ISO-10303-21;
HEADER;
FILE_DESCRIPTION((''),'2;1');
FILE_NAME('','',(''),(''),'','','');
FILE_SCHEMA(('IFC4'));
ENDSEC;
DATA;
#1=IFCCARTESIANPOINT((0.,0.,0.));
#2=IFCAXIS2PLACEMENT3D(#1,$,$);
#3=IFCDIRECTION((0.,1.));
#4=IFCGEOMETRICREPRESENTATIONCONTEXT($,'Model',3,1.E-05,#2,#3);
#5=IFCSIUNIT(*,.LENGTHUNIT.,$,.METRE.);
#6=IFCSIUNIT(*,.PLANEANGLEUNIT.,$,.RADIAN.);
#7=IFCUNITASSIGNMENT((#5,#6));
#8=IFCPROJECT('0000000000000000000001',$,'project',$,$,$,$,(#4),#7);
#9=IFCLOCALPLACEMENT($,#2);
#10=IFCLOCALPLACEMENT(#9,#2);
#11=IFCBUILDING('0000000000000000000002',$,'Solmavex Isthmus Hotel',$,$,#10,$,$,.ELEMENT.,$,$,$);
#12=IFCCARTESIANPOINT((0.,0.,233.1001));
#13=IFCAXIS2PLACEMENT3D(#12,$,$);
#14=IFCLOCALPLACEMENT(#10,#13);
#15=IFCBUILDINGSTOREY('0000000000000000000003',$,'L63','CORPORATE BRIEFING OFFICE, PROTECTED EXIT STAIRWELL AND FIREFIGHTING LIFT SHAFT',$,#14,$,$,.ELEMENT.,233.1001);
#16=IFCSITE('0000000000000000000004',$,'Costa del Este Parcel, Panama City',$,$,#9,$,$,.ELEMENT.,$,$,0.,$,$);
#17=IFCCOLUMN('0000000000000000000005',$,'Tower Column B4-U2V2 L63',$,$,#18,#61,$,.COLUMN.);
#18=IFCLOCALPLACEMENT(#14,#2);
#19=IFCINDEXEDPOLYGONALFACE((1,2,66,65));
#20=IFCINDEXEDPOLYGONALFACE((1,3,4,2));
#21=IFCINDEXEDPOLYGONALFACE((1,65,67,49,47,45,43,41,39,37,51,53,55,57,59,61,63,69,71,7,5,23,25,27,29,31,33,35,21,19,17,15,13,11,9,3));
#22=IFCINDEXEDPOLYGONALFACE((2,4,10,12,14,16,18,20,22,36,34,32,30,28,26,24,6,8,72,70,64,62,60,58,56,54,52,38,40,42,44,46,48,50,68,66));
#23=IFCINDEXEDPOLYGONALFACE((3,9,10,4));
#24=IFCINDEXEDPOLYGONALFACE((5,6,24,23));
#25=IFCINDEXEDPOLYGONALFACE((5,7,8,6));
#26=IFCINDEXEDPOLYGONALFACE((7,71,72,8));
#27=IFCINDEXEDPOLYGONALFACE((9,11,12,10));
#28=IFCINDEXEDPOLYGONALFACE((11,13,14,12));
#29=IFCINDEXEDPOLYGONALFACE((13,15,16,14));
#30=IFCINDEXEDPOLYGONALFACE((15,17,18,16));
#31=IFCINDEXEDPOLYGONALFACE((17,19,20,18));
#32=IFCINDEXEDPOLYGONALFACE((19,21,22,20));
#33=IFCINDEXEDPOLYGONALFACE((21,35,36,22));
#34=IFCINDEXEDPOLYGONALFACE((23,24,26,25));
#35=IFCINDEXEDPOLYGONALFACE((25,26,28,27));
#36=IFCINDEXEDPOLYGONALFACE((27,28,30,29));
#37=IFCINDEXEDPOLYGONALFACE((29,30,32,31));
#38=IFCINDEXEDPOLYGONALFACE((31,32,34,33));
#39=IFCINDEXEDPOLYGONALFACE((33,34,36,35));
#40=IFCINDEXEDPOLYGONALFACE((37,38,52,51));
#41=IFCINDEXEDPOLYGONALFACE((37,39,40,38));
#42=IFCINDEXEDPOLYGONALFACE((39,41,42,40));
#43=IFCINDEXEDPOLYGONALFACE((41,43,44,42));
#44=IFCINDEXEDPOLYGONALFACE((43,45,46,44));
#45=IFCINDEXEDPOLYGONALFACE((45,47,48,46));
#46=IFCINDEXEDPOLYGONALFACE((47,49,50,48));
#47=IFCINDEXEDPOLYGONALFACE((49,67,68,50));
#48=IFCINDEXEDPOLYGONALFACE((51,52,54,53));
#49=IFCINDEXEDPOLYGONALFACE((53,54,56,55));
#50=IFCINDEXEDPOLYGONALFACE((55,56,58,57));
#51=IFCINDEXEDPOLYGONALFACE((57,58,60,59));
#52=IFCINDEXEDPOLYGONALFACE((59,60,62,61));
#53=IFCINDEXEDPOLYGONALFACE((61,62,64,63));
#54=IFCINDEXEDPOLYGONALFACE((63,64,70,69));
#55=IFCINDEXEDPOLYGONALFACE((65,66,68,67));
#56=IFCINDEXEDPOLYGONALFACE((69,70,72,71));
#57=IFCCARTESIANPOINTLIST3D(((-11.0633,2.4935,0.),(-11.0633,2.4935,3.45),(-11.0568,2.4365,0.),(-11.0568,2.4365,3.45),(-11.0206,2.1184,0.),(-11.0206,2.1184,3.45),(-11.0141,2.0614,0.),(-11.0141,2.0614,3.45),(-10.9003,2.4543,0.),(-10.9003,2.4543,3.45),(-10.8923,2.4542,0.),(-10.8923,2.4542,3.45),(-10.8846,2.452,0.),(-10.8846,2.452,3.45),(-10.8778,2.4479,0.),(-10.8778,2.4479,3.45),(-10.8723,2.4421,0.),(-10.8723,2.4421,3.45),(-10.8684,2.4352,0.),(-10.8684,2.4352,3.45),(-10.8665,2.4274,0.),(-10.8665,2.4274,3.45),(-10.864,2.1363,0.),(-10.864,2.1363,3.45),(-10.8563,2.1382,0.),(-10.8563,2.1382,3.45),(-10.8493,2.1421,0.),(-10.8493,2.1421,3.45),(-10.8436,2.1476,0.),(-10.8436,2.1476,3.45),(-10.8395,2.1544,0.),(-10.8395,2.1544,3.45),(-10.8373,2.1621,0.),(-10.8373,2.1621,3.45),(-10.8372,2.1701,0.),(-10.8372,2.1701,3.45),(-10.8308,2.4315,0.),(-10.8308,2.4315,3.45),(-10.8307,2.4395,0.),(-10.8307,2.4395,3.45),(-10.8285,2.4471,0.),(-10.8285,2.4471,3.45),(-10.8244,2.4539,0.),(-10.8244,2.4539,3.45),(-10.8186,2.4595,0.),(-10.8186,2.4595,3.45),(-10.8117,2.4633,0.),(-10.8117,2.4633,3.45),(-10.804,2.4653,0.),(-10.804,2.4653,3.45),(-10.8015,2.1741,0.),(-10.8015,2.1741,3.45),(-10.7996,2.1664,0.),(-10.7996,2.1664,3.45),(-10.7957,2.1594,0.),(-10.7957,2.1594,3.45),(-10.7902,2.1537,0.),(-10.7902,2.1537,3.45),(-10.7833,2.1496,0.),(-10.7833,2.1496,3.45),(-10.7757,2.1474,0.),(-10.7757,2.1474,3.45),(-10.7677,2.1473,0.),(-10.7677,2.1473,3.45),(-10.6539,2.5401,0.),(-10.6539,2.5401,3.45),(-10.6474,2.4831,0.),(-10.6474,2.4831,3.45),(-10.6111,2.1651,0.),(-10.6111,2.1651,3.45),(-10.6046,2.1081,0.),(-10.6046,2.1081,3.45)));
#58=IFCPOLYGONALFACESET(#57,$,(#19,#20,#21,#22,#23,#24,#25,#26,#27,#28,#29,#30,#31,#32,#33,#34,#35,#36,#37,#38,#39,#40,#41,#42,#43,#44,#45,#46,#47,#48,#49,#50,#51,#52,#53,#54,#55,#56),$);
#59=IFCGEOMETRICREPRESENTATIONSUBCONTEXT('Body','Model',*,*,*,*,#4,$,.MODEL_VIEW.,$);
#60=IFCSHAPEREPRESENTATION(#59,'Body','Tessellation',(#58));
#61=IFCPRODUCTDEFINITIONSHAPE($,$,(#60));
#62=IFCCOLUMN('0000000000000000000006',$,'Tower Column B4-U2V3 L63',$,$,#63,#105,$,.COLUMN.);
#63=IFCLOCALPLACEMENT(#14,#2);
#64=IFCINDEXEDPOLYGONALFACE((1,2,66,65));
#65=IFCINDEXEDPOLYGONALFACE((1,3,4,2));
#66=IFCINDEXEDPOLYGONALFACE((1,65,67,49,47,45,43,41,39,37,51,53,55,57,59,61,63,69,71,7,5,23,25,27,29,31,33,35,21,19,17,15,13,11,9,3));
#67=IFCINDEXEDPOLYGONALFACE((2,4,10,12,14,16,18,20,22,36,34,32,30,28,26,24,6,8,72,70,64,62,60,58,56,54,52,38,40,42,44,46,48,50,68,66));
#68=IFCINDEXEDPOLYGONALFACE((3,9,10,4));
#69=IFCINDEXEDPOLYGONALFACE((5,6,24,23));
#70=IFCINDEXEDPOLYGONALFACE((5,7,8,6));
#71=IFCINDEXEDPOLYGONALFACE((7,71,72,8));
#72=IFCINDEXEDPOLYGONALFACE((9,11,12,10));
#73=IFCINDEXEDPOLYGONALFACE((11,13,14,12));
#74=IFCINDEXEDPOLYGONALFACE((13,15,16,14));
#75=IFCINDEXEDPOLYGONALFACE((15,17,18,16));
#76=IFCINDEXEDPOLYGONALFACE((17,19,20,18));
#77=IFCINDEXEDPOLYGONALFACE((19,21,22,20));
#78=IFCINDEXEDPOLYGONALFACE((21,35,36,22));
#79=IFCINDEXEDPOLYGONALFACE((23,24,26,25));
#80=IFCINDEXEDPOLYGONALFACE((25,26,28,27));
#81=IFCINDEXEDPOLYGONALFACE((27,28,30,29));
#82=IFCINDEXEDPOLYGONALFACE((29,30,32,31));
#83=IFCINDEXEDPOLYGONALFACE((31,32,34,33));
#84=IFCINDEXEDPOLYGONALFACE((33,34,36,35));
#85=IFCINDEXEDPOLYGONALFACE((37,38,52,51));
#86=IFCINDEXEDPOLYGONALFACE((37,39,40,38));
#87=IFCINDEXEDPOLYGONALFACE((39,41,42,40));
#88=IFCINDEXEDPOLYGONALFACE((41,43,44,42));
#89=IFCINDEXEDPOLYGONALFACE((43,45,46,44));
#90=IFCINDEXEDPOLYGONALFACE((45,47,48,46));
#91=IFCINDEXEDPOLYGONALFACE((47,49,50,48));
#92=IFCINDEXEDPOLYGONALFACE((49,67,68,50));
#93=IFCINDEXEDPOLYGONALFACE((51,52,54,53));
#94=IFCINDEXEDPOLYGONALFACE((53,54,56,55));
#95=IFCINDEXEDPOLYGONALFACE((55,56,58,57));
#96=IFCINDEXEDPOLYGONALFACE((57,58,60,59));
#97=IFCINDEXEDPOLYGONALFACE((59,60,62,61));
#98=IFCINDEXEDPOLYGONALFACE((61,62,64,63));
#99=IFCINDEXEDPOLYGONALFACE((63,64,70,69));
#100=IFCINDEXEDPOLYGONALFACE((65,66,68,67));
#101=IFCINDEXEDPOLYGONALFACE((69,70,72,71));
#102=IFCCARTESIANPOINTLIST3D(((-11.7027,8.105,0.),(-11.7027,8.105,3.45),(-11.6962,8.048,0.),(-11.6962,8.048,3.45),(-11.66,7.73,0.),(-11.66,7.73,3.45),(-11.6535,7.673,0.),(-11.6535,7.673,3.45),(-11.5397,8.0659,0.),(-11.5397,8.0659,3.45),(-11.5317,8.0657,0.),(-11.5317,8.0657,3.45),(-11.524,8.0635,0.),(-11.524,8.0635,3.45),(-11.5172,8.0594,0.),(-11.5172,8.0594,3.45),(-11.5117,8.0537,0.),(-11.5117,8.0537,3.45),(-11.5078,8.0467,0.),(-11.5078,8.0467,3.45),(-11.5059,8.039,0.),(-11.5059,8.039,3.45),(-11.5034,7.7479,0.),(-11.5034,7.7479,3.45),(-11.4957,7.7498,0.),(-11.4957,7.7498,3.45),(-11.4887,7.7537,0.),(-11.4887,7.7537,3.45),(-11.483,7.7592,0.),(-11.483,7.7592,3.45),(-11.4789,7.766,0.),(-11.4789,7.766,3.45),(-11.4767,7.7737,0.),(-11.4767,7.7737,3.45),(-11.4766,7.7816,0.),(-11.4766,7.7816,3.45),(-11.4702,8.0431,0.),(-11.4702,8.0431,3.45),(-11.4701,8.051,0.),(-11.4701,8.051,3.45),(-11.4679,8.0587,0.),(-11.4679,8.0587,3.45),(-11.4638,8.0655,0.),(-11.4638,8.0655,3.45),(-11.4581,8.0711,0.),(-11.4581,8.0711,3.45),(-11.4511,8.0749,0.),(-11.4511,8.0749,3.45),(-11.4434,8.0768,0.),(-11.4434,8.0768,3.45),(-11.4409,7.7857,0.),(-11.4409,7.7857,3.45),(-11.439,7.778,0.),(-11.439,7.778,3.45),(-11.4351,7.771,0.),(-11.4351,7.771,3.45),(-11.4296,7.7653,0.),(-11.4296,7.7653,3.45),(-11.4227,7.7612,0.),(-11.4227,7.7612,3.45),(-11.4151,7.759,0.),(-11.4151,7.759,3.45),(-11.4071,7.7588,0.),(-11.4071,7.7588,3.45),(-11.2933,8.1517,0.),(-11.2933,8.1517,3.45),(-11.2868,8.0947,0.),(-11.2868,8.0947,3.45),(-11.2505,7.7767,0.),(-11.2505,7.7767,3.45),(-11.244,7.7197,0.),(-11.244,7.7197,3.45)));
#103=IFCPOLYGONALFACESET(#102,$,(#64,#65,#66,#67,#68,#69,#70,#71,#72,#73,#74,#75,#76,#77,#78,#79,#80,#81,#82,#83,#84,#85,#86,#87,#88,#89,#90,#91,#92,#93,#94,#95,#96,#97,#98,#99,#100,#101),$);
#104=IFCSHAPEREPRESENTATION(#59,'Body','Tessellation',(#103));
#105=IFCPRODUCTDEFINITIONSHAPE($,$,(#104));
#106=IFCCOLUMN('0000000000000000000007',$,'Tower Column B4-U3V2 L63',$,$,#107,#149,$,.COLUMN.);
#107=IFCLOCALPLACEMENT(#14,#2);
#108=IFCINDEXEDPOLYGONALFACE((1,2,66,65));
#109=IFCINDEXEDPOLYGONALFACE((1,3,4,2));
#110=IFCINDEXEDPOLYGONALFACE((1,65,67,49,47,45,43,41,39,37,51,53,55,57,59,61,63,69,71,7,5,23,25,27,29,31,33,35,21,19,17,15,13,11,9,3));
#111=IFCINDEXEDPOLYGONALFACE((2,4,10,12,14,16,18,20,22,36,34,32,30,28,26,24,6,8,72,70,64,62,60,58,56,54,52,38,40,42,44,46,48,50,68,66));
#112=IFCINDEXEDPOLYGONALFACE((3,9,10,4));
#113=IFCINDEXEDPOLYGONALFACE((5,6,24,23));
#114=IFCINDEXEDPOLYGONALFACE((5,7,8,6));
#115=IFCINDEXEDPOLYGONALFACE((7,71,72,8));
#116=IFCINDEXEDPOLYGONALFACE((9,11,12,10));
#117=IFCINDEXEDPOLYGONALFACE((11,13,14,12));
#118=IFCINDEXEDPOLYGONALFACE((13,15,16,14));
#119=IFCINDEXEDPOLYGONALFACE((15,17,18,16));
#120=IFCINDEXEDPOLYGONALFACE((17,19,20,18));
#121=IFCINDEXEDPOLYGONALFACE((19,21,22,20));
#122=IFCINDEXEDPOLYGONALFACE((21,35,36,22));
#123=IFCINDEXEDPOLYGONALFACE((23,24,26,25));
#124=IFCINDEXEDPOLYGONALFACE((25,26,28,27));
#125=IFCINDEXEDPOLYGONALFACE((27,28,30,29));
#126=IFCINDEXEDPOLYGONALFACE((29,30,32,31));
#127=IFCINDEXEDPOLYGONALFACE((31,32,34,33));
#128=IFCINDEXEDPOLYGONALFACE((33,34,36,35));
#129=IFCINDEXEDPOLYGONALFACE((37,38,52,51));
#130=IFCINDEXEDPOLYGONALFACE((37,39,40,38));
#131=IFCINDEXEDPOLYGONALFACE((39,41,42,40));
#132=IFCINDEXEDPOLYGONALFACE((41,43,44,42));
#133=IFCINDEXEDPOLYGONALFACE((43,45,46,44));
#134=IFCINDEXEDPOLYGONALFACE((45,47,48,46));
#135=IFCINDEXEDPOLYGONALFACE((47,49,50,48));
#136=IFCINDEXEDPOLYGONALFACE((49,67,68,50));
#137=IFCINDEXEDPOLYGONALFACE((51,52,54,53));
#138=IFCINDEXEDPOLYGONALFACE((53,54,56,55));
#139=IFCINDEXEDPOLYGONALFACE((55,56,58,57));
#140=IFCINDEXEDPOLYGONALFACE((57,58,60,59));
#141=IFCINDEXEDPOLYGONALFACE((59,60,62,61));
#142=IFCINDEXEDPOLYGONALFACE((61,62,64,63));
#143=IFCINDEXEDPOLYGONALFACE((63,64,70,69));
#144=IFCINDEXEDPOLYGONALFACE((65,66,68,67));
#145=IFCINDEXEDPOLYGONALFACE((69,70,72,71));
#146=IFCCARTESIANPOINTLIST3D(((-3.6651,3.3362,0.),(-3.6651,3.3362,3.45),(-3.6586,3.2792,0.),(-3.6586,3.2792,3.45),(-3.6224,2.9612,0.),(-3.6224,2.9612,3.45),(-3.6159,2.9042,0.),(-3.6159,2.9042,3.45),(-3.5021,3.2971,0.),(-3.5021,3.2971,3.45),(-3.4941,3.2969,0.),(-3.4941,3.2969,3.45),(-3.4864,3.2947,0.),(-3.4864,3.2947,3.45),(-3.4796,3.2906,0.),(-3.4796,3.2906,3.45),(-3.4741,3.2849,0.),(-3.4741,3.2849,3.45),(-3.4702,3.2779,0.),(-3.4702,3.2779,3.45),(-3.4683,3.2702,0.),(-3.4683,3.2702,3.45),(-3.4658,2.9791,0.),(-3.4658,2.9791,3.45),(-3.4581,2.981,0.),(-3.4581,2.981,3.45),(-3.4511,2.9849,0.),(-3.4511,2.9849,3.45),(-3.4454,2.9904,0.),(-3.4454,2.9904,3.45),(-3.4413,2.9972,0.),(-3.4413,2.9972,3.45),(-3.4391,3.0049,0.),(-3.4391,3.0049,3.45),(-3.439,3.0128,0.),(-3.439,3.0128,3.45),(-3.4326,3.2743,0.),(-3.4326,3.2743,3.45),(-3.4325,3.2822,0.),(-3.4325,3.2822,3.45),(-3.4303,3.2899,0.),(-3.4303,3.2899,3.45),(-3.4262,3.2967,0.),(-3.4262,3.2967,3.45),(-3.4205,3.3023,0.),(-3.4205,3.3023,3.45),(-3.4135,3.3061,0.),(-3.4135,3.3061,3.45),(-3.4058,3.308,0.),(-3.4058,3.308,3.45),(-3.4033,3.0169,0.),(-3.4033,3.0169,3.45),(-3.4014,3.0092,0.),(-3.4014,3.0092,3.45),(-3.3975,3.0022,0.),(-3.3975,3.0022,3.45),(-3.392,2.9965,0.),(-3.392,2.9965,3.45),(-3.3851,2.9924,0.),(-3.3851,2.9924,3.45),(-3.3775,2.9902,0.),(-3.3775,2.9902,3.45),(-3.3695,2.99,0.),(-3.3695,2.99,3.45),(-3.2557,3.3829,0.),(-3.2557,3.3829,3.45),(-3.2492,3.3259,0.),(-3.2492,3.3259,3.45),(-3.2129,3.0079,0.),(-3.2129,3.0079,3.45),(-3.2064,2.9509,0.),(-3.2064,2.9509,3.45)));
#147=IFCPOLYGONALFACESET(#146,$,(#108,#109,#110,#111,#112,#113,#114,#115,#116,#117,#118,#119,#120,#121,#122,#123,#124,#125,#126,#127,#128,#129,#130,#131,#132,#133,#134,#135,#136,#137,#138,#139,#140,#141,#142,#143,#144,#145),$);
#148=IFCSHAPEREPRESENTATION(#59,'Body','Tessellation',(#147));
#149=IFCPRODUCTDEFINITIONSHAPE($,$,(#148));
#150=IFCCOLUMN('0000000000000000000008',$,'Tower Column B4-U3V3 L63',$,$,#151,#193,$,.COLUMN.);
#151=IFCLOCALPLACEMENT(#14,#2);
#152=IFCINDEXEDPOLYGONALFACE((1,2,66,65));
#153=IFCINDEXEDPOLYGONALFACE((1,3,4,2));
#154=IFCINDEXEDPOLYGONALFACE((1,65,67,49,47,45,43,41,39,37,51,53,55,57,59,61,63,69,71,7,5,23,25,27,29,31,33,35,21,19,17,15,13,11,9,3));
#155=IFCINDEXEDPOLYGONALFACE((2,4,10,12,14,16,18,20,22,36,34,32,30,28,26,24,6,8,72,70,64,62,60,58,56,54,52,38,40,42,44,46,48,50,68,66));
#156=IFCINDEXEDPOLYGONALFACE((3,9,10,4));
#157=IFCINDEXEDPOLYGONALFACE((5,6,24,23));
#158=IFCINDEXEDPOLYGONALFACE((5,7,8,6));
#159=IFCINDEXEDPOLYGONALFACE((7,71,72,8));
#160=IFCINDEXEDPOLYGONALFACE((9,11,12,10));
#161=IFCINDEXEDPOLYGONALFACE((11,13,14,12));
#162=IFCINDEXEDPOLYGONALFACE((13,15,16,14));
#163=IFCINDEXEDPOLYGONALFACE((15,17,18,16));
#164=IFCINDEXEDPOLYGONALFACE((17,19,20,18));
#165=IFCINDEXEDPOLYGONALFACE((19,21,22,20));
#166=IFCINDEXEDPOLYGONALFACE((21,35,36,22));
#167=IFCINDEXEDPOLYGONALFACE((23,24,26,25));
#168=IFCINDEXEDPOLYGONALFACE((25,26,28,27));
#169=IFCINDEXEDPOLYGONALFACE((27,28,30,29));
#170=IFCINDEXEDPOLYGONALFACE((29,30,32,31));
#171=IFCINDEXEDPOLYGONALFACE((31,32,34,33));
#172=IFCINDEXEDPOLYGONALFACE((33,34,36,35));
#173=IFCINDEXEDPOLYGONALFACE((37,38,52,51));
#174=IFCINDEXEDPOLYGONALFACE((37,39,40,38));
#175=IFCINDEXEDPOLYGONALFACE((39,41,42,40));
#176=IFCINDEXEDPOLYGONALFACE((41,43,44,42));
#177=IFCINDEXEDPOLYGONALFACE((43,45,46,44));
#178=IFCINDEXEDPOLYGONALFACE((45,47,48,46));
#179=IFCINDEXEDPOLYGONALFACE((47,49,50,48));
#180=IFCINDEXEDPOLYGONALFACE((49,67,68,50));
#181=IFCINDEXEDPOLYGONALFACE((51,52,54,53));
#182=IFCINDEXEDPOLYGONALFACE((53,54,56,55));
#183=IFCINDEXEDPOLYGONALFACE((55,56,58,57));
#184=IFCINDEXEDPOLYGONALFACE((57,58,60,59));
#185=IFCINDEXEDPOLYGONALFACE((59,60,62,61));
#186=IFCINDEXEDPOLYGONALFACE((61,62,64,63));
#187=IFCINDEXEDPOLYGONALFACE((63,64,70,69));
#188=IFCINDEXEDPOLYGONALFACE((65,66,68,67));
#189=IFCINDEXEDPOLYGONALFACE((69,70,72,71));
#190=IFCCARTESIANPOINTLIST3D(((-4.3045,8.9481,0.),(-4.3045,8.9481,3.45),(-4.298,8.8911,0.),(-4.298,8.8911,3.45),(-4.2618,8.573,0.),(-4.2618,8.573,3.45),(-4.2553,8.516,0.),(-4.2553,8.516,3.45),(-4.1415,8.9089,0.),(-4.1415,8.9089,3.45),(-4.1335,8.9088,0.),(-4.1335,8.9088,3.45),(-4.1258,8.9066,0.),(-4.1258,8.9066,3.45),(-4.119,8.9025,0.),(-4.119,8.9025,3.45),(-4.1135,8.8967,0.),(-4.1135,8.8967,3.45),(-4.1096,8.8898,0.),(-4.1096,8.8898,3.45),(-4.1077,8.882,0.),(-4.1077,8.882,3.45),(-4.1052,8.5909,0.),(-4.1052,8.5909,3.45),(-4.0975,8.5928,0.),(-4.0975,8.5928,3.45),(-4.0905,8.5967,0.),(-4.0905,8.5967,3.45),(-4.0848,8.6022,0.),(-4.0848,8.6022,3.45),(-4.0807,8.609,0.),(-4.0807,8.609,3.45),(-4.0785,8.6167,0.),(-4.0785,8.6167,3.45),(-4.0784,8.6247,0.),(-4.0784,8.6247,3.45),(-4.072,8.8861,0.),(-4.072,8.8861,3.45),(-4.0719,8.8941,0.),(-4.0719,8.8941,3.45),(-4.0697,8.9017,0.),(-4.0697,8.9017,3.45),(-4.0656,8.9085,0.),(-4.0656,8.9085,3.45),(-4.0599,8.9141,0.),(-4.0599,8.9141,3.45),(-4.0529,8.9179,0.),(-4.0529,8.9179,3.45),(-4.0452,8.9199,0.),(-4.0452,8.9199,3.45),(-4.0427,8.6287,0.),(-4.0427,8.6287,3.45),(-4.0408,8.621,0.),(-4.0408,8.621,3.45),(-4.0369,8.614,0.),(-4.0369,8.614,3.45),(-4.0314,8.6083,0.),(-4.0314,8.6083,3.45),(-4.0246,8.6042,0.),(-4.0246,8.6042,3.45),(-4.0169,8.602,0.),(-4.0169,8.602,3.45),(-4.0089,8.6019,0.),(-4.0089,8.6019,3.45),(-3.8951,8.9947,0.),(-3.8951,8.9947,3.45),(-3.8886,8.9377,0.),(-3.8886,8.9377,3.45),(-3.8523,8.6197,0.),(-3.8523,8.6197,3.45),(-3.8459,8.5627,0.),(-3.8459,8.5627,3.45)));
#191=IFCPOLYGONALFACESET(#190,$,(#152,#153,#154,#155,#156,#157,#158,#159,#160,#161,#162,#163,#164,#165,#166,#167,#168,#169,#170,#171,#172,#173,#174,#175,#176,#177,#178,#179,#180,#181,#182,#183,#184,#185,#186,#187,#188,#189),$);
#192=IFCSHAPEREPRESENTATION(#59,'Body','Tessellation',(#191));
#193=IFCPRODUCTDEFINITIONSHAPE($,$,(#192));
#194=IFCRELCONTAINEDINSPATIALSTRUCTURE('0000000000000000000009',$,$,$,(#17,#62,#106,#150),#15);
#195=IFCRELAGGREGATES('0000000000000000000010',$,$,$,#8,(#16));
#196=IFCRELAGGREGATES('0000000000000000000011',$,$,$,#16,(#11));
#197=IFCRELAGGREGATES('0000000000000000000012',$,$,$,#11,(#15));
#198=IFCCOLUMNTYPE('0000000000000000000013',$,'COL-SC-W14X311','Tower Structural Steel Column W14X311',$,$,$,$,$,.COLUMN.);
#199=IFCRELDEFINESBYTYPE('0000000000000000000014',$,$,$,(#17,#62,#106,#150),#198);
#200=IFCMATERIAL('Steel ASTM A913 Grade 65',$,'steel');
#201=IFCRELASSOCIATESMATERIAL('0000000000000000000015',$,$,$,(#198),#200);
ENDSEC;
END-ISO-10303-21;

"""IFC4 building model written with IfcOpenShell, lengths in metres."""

from ifc_helpers import new_model, si_unit, direction, frame, origin, origin_2d, place, context, subcontext, project, spatial, i_section, extrude, material, material_profile, profile_set, type_object, element, save


model = new_model("IFC4")

# Units and contexts
model_context = context("Model", 3, precision=1e-05, world=origin(), true_north=direction((0.0, 1.0)))
body_context = subcontext(model_context, "Body", "Model", "MODEL_VIEW")
ifc_project = project(units=[si_unit("LENGTHUNIT", "METRE"), si_unit("PLANEANGLEUNIT", "RADIAN")], contexts=[model_context])

# Site, building, storey
site_placement = place(None, origin())
site = spatial("IfcSite", under=ifc_project, at=site_placement, Name="Costa del Este Parcel, Panama City", CompositionType="ELEMENT", RefElevation=0.0)
building_placement = place(site_placement, origin())
building = spatial("IfcBuilding", under=site, at=building_placement, Name="Solmavex Isthmus Hotel", CompositionType="ELEMENT")
storey_placement = place(building_placement, frame((0.0, 0.0, 233.1001)))
storey = spatial("IfcBuildingStorey", under=building, at=storey_placement, Name="L63", Description="CORPORATE BRIEFING OFFICE, PROTECTED EXIT STAIRWELL AND FIREFIGHTING LIFT SHAFT", CompositionType="ELEMENT", Elevation=233.1001)

# Columns
ifc_material_1 = material(Name="Steel ASTM A913 Grade 65", Category="steel")
ifc_material_profile_1 = material_profile(ifc_material_1, i_section(OverallWidth=0.4121, OverallDepth=0.4348, WebThickness=0.0359, FlangeThickness=0.0574, FilletRadius=0.0305, at=origin_2d()), Name="W14X311")
ifc_profile_set_1 = profile_set([ifc_material_profile_1], Name="Steel ASTM A913 Grade 65")
column_type = type_object("IfcColumnType", Name="COL-SC-W14X311", Description="Tower Structural Steel Column W14X311", PredefinedType="COLUMN", material=ifc_profile_set_1)
for number, where, z_axis, x_axis, name in (
    (1, (-10.834, 2.3008, 0.0), (0.0, 0.0, 1.0), (0.993572, 0.113203, 0.0), "Tower Column B4-U2V2 L63"),
    (2, (-11.4734, 7.9124, 0.0), (0.0, 0.0, 1.0), (0.993572, 0.113203, 0.0), "Tower Column B4-U2V3 L63"),
    (3, (-3.4358, 3.1436, 0.0), (0.0, 0.0, 1.0), (0.993572, 0.113203, 0.0), "Tower Column B4-U3V2 L63"),
    (4, (-4.0752, 8.7554, 0.0), (0.0, 0.0, 1.0), (0.993572, 0.113203, 0.0), "Tower Column B4-U3V3 L63"),
):
    element("IfcColumn", number, at=place(storey_placement, frame(where, z_axis=z_axis, x_axis=x_axis)), inside=storey, type_object=column_type, Name=name, PredefinedType="COLUMN", context=body_context, shape_type="SweptSolid", body=[
        extrude(i_section(OverallWidth=0.4121, OverallDepth=0.4348, WebThickness=0.0359, FlangeThickness=0.0574, FilletRadius=0.0305, at=origin_2d()), origin(), (0.0, 0.0, 1.0), 3.45),
    ])

save(model, "model.ifc")
